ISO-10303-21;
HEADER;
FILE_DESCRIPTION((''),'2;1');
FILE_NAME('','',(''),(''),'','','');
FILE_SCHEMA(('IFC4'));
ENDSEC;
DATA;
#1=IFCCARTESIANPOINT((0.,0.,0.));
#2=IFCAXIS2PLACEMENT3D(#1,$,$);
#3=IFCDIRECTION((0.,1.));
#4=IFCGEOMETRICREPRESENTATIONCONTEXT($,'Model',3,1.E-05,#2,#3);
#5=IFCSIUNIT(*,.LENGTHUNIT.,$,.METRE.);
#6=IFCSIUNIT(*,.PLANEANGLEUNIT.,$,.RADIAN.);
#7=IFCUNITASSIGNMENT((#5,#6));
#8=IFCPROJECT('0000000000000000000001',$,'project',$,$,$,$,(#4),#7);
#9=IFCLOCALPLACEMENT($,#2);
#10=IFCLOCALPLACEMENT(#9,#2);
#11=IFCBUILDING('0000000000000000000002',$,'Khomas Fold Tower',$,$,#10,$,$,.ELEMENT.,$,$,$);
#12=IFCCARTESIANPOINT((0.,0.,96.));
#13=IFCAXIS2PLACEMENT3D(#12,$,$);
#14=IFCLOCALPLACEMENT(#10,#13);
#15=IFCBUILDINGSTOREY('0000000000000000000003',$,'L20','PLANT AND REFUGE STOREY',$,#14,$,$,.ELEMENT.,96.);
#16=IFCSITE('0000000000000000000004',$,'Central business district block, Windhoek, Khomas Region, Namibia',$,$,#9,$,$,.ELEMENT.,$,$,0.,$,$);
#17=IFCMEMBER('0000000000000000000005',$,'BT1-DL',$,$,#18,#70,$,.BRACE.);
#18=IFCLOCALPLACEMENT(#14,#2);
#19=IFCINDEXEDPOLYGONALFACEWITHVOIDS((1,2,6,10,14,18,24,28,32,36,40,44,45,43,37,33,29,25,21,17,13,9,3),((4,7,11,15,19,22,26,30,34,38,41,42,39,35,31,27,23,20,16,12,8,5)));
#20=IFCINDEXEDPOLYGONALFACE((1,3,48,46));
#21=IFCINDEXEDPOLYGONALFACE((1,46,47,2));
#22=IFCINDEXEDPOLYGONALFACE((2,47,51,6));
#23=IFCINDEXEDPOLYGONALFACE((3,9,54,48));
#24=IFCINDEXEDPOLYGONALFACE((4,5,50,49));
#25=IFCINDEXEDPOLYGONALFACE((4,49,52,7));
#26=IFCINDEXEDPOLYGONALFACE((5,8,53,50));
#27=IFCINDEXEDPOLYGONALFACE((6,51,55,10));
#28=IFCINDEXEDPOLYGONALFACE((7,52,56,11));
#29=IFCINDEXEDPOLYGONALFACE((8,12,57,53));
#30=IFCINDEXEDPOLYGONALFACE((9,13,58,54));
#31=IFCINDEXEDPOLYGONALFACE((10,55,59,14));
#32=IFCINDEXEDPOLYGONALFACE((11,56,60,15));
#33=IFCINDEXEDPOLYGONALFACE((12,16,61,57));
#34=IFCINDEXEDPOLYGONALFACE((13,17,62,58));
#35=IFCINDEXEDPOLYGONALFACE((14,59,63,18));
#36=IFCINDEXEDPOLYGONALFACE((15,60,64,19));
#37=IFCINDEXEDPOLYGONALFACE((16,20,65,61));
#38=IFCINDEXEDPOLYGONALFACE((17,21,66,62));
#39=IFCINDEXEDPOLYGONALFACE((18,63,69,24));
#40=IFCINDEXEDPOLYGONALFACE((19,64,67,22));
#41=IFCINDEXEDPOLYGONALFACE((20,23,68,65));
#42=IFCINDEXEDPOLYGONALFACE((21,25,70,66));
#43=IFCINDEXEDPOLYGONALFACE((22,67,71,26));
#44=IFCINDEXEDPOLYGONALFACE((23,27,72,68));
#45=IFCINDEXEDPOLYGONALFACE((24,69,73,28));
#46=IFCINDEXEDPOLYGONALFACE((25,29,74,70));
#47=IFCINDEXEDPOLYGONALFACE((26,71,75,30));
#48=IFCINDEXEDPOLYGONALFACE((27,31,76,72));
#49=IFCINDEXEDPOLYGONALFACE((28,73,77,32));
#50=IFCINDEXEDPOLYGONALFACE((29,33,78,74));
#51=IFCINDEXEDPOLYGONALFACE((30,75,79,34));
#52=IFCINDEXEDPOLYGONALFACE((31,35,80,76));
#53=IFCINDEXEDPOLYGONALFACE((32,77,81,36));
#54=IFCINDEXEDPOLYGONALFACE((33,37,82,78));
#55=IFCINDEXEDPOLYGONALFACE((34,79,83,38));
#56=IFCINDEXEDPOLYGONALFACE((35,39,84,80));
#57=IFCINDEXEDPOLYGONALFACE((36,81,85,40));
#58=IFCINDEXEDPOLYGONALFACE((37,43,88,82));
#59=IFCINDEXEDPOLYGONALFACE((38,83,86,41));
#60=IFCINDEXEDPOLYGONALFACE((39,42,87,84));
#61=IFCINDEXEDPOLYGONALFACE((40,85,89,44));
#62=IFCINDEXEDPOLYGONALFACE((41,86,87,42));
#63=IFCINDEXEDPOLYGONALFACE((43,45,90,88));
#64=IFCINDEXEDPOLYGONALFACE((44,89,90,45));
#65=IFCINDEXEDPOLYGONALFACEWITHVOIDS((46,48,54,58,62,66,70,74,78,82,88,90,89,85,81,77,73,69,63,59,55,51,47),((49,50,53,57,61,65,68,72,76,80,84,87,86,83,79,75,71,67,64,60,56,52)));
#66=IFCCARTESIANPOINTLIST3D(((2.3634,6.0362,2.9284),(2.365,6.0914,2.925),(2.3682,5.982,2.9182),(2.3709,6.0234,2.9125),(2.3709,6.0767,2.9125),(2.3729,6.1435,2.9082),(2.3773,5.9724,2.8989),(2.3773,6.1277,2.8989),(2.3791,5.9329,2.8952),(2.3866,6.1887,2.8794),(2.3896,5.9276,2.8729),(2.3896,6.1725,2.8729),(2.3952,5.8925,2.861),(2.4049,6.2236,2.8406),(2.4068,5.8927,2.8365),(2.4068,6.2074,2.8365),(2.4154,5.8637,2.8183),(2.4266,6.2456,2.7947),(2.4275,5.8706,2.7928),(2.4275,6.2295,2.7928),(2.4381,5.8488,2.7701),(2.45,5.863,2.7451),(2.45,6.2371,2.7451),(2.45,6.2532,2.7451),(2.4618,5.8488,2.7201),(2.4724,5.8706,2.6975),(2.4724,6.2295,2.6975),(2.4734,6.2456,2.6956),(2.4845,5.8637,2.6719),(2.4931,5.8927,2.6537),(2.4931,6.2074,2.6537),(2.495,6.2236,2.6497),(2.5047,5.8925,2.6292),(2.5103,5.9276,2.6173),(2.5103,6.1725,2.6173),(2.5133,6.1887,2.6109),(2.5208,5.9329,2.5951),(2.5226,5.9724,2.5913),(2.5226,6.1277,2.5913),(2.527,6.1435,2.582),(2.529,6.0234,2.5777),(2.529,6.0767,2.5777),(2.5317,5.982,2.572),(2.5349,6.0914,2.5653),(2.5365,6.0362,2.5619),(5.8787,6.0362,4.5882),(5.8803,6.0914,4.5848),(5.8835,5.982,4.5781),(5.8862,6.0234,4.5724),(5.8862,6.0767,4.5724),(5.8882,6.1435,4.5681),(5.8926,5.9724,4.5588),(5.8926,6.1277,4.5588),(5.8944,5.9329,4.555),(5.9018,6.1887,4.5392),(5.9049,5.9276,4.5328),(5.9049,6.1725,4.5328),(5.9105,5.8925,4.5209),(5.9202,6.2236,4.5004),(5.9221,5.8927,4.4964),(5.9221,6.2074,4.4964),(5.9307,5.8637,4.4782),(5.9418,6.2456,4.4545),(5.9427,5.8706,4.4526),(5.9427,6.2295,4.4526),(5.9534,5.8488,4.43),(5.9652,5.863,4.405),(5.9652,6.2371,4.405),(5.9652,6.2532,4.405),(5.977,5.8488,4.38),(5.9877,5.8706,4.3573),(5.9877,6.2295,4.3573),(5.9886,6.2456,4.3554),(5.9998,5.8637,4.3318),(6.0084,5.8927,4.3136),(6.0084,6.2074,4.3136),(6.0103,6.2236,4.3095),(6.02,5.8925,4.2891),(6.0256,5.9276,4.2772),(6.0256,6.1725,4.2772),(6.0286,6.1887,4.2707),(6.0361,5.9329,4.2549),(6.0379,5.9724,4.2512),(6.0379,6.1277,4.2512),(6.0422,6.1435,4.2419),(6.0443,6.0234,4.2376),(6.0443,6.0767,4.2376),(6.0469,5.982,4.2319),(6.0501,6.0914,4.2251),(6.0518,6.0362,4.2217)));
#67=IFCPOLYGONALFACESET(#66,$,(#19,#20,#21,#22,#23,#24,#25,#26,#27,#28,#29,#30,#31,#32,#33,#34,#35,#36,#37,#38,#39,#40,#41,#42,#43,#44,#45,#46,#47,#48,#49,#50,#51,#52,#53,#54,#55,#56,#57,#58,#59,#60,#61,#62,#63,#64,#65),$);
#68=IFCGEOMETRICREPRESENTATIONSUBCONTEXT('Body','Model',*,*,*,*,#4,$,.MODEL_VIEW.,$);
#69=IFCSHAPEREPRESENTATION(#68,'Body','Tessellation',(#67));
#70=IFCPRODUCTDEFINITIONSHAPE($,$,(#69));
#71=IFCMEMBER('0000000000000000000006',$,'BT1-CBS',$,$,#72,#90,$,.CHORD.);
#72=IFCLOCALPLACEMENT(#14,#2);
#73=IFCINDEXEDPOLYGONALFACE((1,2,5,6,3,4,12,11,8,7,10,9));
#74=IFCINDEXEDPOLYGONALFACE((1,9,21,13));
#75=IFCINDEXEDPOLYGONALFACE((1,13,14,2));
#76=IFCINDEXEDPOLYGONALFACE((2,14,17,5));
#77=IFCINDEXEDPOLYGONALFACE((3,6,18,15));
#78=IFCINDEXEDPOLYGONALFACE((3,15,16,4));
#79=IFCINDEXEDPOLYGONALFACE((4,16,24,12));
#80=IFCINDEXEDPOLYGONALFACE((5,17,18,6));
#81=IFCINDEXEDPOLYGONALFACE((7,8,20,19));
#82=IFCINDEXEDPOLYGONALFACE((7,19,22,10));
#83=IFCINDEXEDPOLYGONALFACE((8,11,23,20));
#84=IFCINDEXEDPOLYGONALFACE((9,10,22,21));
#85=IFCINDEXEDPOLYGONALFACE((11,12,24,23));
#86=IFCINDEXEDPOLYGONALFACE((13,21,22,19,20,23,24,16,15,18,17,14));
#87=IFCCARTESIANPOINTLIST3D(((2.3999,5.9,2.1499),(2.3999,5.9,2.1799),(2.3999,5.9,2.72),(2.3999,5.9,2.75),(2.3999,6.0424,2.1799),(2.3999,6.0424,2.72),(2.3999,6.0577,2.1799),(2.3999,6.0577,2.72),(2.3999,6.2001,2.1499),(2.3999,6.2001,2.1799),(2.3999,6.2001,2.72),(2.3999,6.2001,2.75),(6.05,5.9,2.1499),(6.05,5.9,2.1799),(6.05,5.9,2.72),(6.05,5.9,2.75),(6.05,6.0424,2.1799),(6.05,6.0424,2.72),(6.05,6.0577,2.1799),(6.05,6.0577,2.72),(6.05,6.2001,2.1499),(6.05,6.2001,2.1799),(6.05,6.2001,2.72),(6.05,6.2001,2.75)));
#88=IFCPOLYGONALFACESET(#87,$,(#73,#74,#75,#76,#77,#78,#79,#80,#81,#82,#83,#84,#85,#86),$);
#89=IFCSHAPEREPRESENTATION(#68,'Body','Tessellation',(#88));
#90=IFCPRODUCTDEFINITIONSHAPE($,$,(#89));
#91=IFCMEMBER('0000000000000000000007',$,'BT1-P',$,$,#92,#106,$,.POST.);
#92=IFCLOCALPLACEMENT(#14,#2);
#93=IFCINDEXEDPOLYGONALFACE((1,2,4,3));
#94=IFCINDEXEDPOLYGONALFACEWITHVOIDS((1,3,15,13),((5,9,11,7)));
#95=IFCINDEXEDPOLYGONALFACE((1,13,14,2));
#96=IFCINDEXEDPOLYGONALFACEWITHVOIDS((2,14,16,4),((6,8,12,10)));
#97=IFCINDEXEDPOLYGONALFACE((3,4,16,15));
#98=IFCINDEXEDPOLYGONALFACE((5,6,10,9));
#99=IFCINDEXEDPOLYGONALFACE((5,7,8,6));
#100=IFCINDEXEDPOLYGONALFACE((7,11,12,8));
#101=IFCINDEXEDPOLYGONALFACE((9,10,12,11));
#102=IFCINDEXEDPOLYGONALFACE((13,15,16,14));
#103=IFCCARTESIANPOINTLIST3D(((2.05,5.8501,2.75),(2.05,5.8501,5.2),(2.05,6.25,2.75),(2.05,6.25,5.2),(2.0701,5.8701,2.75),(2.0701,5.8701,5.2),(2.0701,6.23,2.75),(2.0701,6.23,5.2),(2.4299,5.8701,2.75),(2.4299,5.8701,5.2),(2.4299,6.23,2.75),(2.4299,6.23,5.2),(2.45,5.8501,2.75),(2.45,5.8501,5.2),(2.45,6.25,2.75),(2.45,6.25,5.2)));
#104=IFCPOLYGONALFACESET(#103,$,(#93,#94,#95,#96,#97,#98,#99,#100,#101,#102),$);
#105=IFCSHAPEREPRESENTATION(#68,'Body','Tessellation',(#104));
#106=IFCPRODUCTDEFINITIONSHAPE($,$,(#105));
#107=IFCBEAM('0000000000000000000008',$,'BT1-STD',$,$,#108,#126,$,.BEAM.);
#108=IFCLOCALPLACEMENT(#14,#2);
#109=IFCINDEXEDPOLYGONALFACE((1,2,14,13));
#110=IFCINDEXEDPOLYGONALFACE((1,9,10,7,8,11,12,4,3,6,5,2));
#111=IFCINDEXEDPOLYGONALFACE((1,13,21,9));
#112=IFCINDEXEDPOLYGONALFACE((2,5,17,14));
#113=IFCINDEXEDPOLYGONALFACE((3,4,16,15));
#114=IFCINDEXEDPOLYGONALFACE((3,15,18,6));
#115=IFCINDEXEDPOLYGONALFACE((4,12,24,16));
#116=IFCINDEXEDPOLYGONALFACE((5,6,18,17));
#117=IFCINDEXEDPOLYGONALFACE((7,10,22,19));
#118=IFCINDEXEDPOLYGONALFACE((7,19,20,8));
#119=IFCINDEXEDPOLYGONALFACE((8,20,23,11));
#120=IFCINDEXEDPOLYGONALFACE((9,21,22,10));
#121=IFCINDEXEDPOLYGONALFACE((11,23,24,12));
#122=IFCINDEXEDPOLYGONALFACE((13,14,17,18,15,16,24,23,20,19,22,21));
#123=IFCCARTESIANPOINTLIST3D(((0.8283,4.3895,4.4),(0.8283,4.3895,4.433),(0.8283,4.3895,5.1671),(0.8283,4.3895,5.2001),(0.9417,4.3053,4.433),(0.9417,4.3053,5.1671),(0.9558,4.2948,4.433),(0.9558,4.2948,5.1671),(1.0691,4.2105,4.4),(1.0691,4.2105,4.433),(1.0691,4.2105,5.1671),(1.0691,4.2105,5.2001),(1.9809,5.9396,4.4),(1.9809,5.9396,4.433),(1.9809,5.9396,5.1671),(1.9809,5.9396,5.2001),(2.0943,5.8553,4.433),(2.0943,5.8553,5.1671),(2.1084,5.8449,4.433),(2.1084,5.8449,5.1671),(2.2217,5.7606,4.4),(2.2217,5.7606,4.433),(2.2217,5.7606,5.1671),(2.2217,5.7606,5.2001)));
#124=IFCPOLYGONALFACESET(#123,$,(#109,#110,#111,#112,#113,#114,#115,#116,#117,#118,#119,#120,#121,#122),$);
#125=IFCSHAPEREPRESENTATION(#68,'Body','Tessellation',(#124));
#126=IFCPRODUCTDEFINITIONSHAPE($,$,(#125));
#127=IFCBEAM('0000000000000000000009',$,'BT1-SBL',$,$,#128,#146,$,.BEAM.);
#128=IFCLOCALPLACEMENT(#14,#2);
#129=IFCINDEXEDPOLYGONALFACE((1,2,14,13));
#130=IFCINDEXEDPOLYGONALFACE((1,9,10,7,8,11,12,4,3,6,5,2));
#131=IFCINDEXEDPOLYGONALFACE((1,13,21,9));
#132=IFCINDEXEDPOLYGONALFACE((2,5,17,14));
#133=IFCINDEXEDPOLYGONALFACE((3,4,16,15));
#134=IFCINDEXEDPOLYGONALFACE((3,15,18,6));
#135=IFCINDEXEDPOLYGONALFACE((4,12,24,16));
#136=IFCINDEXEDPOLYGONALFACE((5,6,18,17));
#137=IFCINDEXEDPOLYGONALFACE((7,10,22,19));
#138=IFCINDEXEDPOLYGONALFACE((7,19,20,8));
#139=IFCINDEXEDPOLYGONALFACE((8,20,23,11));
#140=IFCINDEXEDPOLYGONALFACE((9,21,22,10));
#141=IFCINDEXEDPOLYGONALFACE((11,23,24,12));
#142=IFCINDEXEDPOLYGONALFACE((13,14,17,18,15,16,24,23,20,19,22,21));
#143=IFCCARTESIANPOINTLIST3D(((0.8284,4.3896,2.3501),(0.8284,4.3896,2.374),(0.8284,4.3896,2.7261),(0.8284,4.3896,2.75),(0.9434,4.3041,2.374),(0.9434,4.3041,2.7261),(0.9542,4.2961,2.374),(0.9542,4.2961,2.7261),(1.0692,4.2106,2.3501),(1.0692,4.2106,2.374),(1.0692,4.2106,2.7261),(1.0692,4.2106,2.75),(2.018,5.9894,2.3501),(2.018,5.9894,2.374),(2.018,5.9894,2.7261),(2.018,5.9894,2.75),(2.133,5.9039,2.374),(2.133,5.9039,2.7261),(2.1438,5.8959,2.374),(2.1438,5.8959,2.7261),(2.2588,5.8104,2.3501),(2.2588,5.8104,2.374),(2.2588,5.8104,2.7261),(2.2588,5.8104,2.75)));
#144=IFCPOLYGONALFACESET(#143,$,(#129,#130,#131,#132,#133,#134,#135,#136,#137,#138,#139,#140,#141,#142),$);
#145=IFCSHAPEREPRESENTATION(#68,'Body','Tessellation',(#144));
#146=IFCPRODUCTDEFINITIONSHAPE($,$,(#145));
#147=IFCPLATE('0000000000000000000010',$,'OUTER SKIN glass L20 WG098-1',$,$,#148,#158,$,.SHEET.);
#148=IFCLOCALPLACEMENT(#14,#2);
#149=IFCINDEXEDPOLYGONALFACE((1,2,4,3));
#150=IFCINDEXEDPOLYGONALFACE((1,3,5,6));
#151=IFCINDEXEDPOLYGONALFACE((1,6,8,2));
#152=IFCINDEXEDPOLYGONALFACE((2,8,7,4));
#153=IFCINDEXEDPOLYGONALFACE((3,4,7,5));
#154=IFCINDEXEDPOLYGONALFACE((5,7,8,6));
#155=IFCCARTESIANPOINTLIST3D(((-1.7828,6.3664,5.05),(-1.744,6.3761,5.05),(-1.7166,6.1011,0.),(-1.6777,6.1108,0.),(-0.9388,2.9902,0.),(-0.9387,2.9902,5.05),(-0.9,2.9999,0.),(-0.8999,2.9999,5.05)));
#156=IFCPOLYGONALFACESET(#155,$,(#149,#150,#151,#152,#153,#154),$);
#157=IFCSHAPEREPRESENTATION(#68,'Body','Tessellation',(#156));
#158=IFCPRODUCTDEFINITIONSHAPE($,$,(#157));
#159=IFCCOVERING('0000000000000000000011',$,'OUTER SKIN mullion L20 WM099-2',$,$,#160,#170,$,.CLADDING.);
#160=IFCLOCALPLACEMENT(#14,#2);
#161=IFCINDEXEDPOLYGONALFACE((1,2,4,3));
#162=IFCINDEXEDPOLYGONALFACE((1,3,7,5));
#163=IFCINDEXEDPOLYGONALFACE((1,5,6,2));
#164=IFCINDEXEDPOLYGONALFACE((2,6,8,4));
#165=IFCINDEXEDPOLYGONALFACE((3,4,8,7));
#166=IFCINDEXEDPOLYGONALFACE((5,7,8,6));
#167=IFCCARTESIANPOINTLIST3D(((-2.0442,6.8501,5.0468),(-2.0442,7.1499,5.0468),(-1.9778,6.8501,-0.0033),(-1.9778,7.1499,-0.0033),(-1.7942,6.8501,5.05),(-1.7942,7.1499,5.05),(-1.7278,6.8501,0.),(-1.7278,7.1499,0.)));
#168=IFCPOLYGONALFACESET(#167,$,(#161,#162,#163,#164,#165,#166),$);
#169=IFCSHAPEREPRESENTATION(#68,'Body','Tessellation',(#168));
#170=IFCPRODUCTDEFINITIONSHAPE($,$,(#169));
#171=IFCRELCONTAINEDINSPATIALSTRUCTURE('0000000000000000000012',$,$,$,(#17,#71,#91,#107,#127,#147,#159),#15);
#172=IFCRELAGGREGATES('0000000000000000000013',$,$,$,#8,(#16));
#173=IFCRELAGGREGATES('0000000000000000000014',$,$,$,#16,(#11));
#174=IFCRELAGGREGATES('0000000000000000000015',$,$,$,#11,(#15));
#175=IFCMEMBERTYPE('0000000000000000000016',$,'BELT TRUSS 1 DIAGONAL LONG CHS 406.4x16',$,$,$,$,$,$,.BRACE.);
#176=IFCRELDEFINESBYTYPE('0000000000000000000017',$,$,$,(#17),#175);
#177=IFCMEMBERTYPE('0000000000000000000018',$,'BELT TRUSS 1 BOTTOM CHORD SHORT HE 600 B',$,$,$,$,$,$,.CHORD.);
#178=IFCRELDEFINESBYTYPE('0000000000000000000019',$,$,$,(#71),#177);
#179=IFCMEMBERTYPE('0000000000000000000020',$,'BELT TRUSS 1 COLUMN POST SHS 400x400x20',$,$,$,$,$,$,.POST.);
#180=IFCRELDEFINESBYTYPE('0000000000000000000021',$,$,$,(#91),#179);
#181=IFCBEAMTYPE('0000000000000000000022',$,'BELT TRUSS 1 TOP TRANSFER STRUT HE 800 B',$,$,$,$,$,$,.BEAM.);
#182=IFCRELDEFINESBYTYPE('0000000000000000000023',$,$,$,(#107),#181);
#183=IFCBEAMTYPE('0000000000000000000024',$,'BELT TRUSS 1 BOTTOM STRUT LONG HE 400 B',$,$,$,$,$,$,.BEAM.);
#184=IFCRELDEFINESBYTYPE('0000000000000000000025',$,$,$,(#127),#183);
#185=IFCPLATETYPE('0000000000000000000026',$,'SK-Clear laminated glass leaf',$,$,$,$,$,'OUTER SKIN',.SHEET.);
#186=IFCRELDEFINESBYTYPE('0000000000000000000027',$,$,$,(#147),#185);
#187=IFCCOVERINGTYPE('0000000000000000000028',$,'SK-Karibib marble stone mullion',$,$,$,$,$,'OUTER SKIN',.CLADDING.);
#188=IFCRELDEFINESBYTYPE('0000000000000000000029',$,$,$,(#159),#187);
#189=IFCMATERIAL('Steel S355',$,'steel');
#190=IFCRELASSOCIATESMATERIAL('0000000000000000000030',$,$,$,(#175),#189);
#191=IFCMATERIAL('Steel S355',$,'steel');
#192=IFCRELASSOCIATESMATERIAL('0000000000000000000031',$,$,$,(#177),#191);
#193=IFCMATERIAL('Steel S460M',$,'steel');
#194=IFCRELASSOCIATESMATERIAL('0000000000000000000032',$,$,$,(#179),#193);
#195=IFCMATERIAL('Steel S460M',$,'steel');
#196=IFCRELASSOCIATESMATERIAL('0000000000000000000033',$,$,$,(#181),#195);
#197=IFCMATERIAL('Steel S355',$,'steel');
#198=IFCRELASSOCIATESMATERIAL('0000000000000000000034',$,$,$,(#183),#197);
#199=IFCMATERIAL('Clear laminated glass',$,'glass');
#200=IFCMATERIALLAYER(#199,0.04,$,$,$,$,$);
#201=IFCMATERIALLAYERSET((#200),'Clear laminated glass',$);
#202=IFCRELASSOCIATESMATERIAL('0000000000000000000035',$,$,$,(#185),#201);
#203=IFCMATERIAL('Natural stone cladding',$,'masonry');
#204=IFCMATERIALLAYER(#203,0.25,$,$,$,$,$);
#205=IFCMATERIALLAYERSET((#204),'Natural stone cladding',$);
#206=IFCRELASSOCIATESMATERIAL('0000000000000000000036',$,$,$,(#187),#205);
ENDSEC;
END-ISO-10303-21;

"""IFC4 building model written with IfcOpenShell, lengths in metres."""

from ifc_helpers import new_model, si_unit, direction, frame, origin, origin_2d, place, context, subcontext, project, spatial, polyline, hollow_rectangle, hollow_circle, i_section, outline, extrude, source, transform, mapped, material, layer, layer_set, material_profile, profile_set, type_object, element, save


model = new_model("IFC4")

# Units and contexts
model_context = context("Model", 3, precision=1e-05, world=origin(), true_north=direction((0.0, 1.0)))
body_context = subcontext(model_context, "Body", "Model", "MODEL_VIEW")
ifc_project = project(units=[si_unit("LENGTHUNIT", "METRE"), si_unit("PLANEANGLEUNIT", "RADIAN")], contexts=[model_context])

# Site, building, storey
site_placement = place(None, origin())
site = spatial("IfcSite", under=ifc_project, at=site_placement, Name="Central business district block, Windhoek, Khomas Region, Namibia", CompositionType="ELEMENT", RefElevation=0.0)
building_placement = place(site_placement, origin())
building = spatial("IfcBuilding", under=site, at=building_placement, Name="Khomas Fold Tower", CompositionType="ELEMENT")
storey_placement = place(building_placement, frame((0.0, 0.0, 96.0)))
storey = spatial("IfcBuildingStorey", under=building, at=storey_placement, Name="L20", Description="PLANT AND REFUGE STOREY", CompositionType="ELEMENT", Elevation=96.0)

# Members
ifc_material_1 = material(Name="Steel S355", Category="steel")
ifc_material_profile_1 = material_profile(ifc_material_1, hollow_circle(Radius=0.2031, WallThickness=0.0161, at=origin_2d()), Name="CHS 406.4x16")
ifc_profile_set_1 = profile_set([ifc_material_profile_1], Name="Steel S355")
member_type_1 = type_object("IfcMemberType", Name="BELT TRUSS 1 DIAGONAL LONG CHS 406.4x16", PredefinedType="BRACE", material=ifc_profile_set_1)
shared_shape_1 = source(origin(), body_context, "Body", "SweptSolid", [
    extrude(hollow_circle(Radius=0.2031, WallThickness=0.0161, at=origin_2d()), origin(), (0.0, 0.0, 1.0), 3.8875),
])
member_1_placement = place(storey_placement, frame((2.45, 6.05, 2.7451), z_axis=(0.904261, 0.0, 0.426979), x_axis=(0.0, 1.0, 0.0)))
element("IfcMember", 1, at=member_1_placement, inside=storey, type_object=member_type_1, Name="BT1-DL", PredefinedType="BRACE", context=body_context, shape_type="MappedRepresentation", body=[
    mapped(shared_shape_1, transform((0.0, 0.0, 0.0))),
])
ifc_material_2 = material(Name="Steel S355", Category="steel")
ifc_material_profile_2 = material_profile(ifc_material_2, i_section(OverallWidth=0.3, OverallDepth=0.6001, WebThickness=0.0154, FlangeThickness=0.03, at=origin_2d()), Name="HE 600 B")
ifc_profile_set_2 = profile_set([ifc_material_profile_2], Name="Steel S355")
member_type_2 = type_object("IfcMemberType", Name="BELT TRUSS 1 BOTTOM CHORD SHORT HE 600 B", PredefinedType="CHORD", material=ifc_profile_set_2)
shared_shape_2 = source(origin(), body_context, "Body", "SweptSolid", [
    extrude(i_section(OverallWidth=0.3, OverallDepth=0.6001, WebThickness=0.0154, FlangeThickness=0.03, at=origin_2d()), origin(), (0.0, 0.0, 1.0), 3.6501),
])
member_2_placement = place(storey_placement, frame((2.3999, 6.05, 2.45), z_axis=(1.0, 0.0, 0.0), x_axis=(0.0, 1.0, 0.0)))
element("IfcMember", 2, at=member_2_placement, inside=storey, type_object=member_type_2, Name="BT1-CBS", PredefinedType="CHORD", context=body_context, shape_type="MappedRepresentation", body=[
    mapped(shared_shape_2, transform((0.0, 0.0, 0.0))),
])
ifc_material_3 = material(Name="Steel S460M", Category="steel")
ifc_material_profile_3 = material_profile(ifc_material_3, hollow_rectangle(XDim=0.3999, YDim=0.3999, WallThickness=0.02, at=origin_2d()), Name="SHS 400x400x20")
ifc_profile_set_3 = profile_set([ifc_material_profile_3], Name="Steel S460M")
member_type_3 = type_object("IfcMemberType", Name="BELT TRUSS 1 COLUMN POST SHS 400x400x20", PredefinedType="POST", material=ifc_profile_set_3)
shared_shape_3 = source(origin(), body_context, "Body", "SweptSolid", [
    extrude(hollow_rectangle(XDim=0.3999, YDim=0.3999, WallThickness=0.02, at=origin_2d()), origin(), (0.0, 0.0, 1.0), 2.45),
])
member_3_placement = place(storey_placement, frame((2.25, 6.05, 2.75), z_axis=(0.0, 0.0, 1.0), x_axis=(1.0, 0.0, 0.0)))
element("IfcMember", 3, at=member_3_placement, inside=storey, type_object=member_type_3, Name="BT1-P", PredefinedType="POST", context=body_context, shape_type="MappedRepresentation", body=[
    mapped(shared_shape_3, transform((0.0, 0.0, 0.0))),
])

# Beams
ifc_material_4 = material(Name="Steel S460M", Category="steel")
ifc_material_profile_4 = material_profile(ifc_material_4, i_section(OverallWidth=0.3, OverallDepth=0.8, WebThickness=0.0176, FlangeThickness=0.033, at=origin_2d()), Name="HE 800 B")
ifc_profile_set_4 = profile_set([ifc_material_profile_4], Name="Steel S460M")
beam_type_1 = type_object("IfcBeamType", Name="BELT TRUSS 1 TOP TRANSFER STRUT HE 800 B", PredefinedType="BEAM", material=ifc_profile_set_4)
shared_shape_4 = source(origin(), body_context, "Body", "SweptSolid", [
    extrude(i_section(OverallWidth=0.3, OverallDepth=0.8, WebThickness=0.0176, FlangeThickness=0.033, at=origin_2d()), origin(), (0.0, 0.0, 1.0), 1.9316),
])
beam_1_placement = place(storey_placement, frame((2.1013, 5.8501, 4.8), z_axis=(-0.596699, -0.802465, 0.0), x_axis=(0.802465, -0.596699, 0.0)))
element("IfcBeam", 4, at=beam_1_placement, inside=storey, type_object=beam_type_1, Name="BT1-STD", PredefinedType="BEAM", context=body_context, shape_type="MappedRepresentation", body=[
    mapped(shared_shape_4, transform((0.0, 0.0, 0.0))),
])
ifc_material_5 = material(Name="Steel S355", Category="steel")
ifc_material_profile_5 = material_profile(ifc_material_5, i_section(OverallWidth=0.3, OverallDepth=0.3999, WebThickness=0.0134, FlangeThickness=0.0239, at=origin_2d()), Name="HE 400 B")
ifc_profile_set_5 = profile_set([ifc_material_profile_5], Name="Steel S355")
beam_type_2 = type_object("IfcBeamType", Name="BELT TRUSS 1 BOTTOM STRUT LONG HE 400 B", PredefinedType="BEAM", material=ifc_profile_set_5)
shared_shape_5 = source(origin(), body_context, "Body", "SweptSolid", [
    extrude(i_section(OverallWidth=0.3, OverallDepth=0.3999, WebThickness=0.0134, FlangeThickness=0.0239, at=origin_2d()), origin(), (0.0, 0.0, 1.0), 1.9937),
])
beam_2_placement = place(storey_placement, frame((2.1384, 5.8999, 2.55), z_axis=(-0.596723, -0.802447, 0.0), x_axis=(0.802447, -0.596723, 0.0)))
element("IfcBeam", 5, at=beam_2_placement, inside=storey, type_object=beam_type_2, Name="BT1-SBL", PredefinedType="BEAM", context=body_context, shape_type="MappedRepresentation", body=[
    mapped(shared_shape_5, transform((0.0, 0.0, 0.0))),
])

# Plate
ifc_material_6 = material(Name="Clear laminated glass", Category="glass")
ifc_layer_1 = layer(ifc_material_6, 0.04)
ifc_layer_set_1 = layer_set([ifc_layer_1], Name="Clear laminated glass")
plate_type = type_object("IfcPlateType", Name="SK-Clear laminated glass leaf", ElementType="OUTER SKIN", PredefinedType="SHEET", material=ifc_layer_set_1)
plate_placement = place(storey_placement, frame((-1.7166, 6.1011, 0.0), z_axis=(-0.97014, -0.242544, 0.000018), x_axis=(0.242544, -0.97014, 0.0)))
element("IfcPlate", 6, at=plate_placement, inside=storey, type_object=plate_type, Name="OUTER SKIN glass L20 WG098-1", PredefinedType="SHEET", context=body_context, shape_type="SweptSolid", body=[
    extrude(outline(polyline([(0.0, 0.0), (3.2066, 0.0), (3.2066, 5.05), (-0.2735, 5.05), (0.0, 0.0)])), origin(), (0.0, 0.0, -1.0), 0.04),
])

# Covering
ifc_material_7 = material(Name="Natural stone cladding", Category="masonry")
ifc_layer_2 = layer(ifc_material_7, 0.25)
ifc_layer_set_2 = layer_set([ifc_layer_2], Name="Natural stone cladding")
covering_type = type_object("IfcCoveringType", Name="SK-Karibib marble stone mullion", ElementType="OUTER SKIN", PredefinedType="CLADDING", material=ifc_layer_set_2)
covering_placement = place(storey_placement, frame((-1.7278, 6.8501, 0.0), z_axis=(0.999914, 0.0, 0.013148), x_axis=(-0.013148, 0.0, 0.999914)))
element("IfcCovering", 7, at=covering_placement, inside=storey, type_object=covering_type, Name="OUTER SKIN mullion L20 WM099-2", PredefinedType="CLADDING", context=body_context, shape_type="SweptSolid", body=[
    extrude(outline(polyline([(0.0, 0.0), (5.0505, 0.0), (5.0505, -0.2998), (0.0, -0.2998), (0.0, 0.0)])), origin(), (0.0, 0.0, -1.0), 0.25),
])

save(model, "model.ifc")
